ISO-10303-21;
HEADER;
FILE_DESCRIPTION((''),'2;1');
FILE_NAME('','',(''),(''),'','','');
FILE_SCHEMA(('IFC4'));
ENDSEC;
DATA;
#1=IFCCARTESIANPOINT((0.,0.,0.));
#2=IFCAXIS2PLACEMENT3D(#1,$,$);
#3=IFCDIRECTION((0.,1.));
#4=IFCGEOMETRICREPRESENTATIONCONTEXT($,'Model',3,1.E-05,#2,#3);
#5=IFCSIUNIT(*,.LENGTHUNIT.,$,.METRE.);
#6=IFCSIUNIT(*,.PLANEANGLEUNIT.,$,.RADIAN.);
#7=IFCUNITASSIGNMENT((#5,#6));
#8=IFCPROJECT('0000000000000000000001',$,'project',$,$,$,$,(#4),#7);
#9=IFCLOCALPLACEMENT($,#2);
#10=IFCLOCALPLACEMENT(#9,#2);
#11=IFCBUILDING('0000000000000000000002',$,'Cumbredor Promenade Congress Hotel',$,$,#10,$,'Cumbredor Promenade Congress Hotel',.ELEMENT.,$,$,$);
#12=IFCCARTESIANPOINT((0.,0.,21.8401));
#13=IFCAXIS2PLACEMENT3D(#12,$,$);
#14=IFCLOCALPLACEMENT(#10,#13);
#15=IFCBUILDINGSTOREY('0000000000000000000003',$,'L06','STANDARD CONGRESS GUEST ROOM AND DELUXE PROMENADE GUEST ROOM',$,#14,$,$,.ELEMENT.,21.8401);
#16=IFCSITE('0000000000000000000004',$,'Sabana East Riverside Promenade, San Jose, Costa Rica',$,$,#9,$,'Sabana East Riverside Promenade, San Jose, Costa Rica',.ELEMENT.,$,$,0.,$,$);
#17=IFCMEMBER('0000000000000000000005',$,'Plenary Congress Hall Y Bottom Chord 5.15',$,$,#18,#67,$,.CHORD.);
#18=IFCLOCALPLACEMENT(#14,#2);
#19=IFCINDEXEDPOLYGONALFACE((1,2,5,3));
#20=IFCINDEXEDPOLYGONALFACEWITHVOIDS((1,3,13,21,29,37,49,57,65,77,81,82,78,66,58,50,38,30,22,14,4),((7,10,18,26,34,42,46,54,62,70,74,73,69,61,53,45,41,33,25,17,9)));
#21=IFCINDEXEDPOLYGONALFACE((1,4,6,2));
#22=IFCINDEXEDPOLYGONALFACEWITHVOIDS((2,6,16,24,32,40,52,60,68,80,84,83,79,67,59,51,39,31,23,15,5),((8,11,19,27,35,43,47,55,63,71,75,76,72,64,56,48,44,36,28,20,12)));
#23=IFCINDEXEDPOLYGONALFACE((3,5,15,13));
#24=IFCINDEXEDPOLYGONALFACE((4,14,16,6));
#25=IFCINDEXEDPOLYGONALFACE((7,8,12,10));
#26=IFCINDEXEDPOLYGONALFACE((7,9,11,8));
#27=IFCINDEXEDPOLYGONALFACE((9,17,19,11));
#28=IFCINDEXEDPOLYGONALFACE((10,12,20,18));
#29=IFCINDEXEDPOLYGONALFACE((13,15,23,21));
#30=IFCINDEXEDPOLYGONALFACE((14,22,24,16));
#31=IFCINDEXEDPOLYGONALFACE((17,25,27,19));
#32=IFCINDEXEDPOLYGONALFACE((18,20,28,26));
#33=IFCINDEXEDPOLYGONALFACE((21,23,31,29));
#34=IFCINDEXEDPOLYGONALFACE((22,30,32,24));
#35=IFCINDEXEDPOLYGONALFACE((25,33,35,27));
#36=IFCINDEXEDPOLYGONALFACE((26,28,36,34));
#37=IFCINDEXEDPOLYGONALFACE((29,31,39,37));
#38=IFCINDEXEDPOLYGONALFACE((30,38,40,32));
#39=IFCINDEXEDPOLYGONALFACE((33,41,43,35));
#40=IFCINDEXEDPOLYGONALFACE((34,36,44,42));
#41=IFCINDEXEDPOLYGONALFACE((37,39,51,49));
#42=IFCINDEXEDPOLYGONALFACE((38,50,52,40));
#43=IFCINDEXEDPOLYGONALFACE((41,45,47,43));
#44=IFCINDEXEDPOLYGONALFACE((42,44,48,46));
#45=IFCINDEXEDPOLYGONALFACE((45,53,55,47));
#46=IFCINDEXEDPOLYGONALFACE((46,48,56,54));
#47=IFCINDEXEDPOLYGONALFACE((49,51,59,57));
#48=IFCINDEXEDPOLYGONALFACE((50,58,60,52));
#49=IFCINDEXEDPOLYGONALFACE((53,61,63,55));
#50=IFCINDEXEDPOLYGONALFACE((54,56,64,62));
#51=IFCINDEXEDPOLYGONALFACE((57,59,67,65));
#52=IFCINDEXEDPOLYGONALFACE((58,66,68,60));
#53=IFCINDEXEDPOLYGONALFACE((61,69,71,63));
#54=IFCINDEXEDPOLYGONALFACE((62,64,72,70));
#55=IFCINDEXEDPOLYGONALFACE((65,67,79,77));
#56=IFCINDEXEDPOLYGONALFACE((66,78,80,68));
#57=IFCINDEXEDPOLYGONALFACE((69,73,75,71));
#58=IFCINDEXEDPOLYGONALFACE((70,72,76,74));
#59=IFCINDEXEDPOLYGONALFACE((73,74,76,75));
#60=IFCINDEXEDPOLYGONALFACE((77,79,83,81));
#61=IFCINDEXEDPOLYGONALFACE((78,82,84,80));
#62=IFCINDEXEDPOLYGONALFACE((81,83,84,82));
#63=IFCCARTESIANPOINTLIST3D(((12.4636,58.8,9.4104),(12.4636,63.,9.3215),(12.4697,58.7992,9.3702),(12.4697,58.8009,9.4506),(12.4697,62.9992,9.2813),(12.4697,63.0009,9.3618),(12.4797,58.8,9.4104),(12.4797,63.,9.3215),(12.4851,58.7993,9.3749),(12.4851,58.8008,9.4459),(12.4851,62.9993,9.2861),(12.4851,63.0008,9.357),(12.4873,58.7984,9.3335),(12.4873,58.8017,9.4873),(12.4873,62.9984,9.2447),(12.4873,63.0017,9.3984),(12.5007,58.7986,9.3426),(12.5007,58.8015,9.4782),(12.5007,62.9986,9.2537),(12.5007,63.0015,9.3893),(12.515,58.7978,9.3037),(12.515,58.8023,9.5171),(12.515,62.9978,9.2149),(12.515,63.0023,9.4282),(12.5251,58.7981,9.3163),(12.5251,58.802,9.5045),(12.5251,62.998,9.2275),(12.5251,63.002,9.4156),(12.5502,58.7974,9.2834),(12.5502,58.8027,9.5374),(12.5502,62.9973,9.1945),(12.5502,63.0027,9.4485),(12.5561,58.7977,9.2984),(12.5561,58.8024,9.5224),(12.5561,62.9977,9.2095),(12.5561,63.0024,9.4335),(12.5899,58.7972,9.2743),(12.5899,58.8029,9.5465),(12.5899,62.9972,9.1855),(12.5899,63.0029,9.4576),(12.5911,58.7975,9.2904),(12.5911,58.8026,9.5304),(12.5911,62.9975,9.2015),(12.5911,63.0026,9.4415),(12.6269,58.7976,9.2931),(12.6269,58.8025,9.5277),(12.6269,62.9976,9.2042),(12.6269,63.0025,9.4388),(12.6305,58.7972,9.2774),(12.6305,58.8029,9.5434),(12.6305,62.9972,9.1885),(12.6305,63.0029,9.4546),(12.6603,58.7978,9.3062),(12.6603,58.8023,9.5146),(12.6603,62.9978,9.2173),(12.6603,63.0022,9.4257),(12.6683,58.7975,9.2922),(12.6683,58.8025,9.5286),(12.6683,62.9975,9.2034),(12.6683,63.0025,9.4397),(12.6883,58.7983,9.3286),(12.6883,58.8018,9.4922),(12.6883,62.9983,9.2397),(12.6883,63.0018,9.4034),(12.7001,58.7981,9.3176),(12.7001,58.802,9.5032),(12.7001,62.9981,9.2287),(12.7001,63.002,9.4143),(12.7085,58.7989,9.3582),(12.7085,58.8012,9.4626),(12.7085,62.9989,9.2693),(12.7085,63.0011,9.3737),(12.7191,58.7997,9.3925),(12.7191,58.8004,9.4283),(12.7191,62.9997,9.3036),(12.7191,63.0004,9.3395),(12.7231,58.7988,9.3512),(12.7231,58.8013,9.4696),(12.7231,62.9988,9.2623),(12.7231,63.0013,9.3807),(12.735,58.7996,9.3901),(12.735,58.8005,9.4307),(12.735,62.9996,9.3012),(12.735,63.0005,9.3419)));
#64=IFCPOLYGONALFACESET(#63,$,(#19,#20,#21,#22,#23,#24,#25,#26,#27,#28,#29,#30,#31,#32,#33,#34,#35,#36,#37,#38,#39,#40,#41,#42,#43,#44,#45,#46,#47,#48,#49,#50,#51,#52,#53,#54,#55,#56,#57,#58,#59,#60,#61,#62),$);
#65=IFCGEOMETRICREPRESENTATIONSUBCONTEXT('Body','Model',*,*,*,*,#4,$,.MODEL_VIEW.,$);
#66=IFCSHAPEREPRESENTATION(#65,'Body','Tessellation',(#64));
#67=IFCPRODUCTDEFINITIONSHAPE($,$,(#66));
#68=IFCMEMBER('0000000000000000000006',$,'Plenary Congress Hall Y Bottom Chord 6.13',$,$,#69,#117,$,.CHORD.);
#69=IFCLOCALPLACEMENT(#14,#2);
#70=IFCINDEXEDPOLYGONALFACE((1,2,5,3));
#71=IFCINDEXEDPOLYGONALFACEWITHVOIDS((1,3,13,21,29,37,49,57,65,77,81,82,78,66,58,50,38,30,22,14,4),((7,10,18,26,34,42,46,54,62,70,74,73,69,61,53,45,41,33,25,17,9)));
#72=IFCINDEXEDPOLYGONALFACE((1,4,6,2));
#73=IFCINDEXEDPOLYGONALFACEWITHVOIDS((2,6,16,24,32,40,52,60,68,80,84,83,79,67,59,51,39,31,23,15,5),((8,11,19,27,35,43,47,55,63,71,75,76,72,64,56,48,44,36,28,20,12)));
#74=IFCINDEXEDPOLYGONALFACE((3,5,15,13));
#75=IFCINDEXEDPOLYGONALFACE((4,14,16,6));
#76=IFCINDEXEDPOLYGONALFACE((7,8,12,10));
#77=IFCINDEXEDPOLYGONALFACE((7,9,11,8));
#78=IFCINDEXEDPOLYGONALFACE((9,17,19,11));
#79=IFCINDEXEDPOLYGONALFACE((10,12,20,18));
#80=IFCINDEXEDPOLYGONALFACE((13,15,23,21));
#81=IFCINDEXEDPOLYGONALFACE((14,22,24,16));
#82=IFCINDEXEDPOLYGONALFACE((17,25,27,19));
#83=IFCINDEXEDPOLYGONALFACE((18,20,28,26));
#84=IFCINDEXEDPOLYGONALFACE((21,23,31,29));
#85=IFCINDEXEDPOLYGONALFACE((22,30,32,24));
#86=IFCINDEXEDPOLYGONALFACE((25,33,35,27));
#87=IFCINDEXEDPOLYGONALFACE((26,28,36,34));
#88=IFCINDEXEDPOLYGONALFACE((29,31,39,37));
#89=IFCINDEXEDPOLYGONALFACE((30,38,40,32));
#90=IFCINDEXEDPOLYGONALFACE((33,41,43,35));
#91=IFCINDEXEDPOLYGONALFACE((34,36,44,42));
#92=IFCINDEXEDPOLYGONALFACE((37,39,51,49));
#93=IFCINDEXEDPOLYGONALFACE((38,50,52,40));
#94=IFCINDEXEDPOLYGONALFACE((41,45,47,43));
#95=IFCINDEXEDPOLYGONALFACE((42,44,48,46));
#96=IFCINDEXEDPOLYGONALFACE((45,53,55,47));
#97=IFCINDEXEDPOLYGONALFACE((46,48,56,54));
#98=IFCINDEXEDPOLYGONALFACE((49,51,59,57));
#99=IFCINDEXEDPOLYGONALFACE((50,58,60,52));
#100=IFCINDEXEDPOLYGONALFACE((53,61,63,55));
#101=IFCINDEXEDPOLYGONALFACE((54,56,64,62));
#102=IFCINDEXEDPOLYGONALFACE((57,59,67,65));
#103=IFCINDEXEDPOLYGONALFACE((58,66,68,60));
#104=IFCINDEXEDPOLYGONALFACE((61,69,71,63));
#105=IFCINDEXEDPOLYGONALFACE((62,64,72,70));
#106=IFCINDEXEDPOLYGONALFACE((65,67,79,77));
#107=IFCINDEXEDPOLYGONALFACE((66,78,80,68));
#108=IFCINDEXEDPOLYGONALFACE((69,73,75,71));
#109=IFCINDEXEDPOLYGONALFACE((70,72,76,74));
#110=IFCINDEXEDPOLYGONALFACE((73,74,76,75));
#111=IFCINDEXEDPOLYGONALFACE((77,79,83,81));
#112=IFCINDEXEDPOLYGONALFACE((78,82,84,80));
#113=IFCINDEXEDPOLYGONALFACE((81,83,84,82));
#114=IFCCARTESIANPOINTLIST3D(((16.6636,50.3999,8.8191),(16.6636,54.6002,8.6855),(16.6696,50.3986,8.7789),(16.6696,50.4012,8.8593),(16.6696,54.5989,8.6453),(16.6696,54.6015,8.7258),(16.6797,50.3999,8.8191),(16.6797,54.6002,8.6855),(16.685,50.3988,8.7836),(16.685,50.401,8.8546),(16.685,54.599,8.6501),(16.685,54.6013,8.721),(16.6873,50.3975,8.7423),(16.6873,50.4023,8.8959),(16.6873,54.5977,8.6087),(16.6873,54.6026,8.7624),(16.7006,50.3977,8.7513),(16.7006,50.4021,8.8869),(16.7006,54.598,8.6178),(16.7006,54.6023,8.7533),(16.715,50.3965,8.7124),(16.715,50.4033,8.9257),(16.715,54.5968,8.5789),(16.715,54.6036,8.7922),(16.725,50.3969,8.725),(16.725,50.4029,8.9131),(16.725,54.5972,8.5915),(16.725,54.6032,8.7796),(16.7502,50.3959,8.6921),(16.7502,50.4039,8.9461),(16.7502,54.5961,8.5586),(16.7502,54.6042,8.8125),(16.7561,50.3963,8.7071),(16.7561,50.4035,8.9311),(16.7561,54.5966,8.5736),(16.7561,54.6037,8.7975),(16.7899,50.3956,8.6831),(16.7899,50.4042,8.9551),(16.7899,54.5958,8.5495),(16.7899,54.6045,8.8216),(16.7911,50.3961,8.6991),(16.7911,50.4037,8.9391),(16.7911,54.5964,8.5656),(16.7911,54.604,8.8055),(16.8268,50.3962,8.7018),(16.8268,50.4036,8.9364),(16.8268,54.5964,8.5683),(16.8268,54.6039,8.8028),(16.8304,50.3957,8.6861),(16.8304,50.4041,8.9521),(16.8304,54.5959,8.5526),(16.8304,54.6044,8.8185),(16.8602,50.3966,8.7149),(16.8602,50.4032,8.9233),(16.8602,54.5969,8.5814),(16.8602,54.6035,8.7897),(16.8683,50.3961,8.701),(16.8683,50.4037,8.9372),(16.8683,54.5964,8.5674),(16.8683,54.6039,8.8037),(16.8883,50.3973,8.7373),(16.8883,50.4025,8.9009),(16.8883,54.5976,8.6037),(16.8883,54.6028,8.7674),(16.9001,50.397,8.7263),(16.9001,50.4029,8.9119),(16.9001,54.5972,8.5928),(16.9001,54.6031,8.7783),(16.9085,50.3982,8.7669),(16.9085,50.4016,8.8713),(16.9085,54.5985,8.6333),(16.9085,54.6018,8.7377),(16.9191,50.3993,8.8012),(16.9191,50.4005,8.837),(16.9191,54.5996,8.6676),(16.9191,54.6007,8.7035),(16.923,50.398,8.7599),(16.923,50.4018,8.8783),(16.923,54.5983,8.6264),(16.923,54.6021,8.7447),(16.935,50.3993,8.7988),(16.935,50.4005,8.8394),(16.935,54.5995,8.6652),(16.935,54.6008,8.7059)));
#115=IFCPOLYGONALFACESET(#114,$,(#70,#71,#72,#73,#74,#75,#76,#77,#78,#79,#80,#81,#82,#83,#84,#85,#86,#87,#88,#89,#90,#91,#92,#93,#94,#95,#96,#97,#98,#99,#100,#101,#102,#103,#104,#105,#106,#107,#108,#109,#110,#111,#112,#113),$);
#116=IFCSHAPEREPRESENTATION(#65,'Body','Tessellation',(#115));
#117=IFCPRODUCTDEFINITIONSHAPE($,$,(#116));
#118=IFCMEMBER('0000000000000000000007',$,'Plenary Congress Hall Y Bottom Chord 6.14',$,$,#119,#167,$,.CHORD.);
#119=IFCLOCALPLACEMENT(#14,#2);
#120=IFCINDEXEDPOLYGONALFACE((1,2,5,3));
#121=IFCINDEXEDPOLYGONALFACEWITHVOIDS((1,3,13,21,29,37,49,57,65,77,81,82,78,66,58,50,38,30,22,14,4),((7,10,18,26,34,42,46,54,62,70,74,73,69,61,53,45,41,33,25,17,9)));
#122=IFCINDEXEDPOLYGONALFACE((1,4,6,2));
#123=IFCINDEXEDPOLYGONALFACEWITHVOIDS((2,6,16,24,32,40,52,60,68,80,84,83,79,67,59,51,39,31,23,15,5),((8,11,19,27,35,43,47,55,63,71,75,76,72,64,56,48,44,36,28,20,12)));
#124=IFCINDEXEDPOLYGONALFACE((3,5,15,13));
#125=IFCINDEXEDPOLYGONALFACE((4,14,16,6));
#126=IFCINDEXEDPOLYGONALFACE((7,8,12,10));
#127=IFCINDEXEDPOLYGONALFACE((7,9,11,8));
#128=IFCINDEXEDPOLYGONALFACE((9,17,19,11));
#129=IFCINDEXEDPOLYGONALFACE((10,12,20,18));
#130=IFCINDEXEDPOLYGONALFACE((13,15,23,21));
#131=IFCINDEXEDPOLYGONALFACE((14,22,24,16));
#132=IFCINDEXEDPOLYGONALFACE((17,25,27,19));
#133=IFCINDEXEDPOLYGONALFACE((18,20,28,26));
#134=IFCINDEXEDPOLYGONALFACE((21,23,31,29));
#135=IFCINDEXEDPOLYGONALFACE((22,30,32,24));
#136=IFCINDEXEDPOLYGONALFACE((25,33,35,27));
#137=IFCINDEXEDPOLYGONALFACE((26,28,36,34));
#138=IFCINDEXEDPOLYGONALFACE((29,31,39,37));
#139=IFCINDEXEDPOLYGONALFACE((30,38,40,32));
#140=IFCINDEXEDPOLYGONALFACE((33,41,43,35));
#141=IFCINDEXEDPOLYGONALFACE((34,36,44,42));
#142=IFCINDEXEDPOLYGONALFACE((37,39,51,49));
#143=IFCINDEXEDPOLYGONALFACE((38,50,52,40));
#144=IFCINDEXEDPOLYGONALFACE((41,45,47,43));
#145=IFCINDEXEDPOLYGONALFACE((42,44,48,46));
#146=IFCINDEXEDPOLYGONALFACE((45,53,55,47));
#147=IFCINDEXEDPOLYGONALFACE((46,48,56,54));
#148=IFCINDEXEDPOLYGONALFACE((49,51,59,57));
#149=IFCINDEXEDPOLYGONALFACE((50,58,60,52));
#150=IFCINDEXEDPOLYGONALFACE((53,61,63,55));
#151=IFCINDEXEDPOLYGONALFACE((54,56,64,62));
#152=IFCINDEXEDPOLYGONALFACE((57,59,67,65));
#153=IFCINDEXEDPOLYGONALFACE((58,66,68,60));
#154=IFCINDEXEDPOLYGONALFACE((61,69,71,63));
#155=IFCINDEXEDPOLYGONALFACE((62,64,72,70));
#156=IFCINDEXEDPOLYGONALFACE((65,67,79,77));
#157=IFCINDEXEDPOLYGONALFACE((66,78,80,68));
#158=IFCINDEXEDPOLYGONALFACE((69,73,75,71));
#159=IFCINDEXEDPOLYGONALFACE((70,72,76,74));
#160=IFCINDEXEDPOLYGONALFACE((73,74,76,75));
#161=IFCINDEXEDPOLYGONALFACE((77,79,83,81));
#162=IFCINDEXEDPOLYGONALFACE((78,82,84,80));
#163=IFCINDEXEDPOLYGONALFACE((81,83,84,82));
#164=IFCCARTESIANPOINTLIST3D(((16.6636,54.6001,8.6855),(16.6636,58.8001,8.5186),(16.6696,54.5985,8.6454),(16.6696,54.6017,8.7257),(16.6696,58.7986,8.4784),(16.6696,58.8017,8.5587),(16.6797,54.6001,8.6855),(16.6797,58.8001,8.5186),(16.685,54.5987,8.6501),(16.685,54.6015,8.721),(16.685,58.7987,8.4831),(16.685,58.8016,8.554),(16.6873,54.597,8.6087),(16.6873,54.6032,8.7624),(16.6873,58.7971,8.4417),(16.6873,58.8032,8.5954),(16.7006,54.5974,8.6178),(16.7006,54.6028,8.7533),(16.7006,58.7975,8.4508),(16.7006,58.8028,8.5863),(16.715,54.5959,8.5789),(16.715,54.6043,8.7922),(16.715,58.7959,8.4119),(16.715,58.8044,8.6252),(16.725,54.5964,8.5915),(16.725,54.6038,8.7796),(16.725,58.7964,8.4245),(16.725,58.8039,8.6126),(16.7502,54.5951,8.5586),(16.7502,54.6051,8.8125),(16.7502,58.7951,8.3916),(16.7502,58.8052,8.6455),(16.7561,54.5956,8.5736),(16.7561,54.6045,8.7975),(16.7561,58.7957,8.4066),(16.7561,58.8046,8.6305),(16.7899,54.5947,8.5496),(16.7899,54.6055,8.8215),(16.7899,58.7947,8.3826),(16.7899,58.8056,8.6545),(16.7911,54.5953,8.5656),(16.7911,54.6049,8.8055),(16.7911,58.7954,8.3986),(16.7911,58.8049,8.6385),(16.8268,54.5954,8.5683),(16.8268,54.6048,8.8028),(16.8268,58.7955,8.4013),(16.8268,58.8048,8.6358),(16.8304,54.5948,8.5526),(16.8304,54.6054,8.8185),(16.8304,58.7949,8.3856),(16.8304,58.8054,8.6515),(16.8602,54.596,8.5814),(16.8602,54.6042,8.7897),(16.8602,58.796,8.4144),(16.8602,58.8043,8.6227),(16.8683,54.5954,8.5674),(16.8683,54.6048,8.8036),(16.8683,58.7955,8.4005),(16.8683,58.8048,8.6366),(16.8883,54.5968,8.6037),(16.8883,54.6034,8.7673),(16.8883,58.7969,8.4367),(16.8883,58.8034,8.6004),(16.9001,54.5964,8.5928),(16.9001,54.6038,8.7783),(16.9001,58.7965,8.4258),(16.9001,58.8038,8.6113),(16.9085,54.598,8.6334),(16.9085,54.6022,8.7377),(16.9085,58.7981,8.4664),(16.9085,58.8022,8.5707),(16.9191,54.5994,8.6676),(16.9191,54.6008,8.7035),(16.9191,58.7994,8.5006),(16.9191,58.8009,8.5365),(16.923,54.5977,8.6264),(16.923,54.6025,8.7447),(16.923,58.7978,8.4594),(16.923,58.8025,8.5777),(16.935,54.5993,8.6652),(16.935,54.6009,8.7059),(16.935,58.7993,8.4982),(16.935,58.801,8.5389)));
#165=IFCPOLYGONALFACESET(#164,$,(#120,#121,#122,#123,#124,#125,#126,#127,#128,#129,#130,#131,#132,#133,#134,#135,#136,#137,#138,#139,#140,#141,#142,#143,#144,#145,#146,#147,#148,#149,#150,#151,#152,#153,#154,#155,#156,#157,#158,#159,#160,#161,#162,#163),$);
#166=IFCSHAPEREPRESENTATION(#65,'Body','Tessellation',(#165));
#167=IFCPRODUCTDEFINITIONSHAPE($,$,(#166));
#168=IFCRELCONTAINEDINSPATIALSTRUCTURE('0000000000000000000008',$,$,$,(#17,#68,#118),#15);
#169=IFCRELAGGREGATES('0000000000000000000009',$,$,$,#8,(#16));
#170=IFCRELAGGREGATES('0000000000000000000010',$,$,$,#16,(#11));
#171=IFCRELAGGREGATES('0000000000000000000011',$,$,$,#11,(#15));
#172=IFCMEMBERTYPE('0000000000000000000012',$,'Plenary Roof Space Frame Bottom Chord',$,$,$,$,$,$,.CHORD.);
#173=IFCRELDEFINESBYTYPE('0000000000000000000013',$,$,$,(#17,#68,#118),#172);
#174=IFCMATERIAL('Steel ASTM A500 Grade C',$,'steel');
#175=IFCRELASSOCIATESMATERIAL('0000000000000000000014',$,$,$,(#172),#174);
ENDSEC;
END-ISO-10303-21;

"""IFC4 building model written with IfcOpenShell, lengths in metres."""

from ifc_helpers import new_model, si_unit, direction, frame, origin, origin_2d, place, context, subcontext, project, spatial, hollow_circle, extrude, material, material_profile, profile_set, type_object, element, save


model = new_model("IFC4")

# Units and contexts
model_context = context("Model", 3, precision=1e-05, world=origin(), true_north=direction((0.0, 1.0)))
body_context = subcontext(model_context, "Body", "Model", "MODEL_VIEW")
ifc_project = project(units=[si_unit("LENGTHUNIT", "METRE"), si_unit("PLANEANGLEUNIT", "RADIAN")], contexts=[model_context])

# Site, building, storey
site_placement = place(None, origin())
site = spatial("IfcSite", under=ifc_project, at=site_placement, Name="Sabana East Riverside Promenade, San Jose, Costa Rica", LongName="Sabana East Riverside Promenade, San Jose, Costa Rica", CompositionType="ELEMENT", RefElevation=0.0)
building_placement = place(site_placement, origin())
building = spatial("IfcBuilding", under=site, at=building_placement, Name="Cumbredor Promenade Congress Hotel", LongName="Cumbredor Promenade Congress Hotel", CompositionType="ELEMENT")
storey_placement = place(building_placement, frame((0.0, 0.0, 21.8401)))
storey = spatial("IfcBuildingStorey", under=building, at=storey_placement, Name="L06", Description="STANDARD CONGRESS GUEST ROOM AND DELUXE PROMENADE GUEST ROOM", CompositionType="ELEMENT", Elevation=21.8401)

# Members
ifc_material_1 = material(Name="Steel ASTM A500 Grade C", Category="steel")
ifc_material_profile_1 = material_profile(ifc_material_1, hollow_circle(Radius=0.1365, WallThickness=0.0161, at=origin_2d()), Name="CHS 273.0x16")
ifc_profile_set_1 = profile_set([ifc_material_profile_1], Name="Steel ASTM A500 Grade C")
member_type_1 = type_object("IfcMemberType", Name="Plenary Roof Space Frame Bottom Chord", PredefinedType="CHORD", material=ifc_profile_set_1)
member_1_placement = place(storey_placement, frame((12.6001, 58.8, 9.4104), z_axis=(0.0, 0.999776, -0.021154), x_axis=(-1.0, 0.0, 0.0)))
element("IfcMember", 1, at=member_1_placement, inside=storey, type_object=member_type_1, Name="Plenary Congress Hall Y Bottom Chord 5.15", PredefinedType="CHORD", context=body_context, shape_type="SweptSolid", body=[
    extrude(hollow_circle(Radius=0.1365, WallThickness=0.0161, at=origin_2d()), origin(), (0.0, 0.0, 1.0), 4.2009),
])
member_2_placement = place(storey_placement, frame((16.8, 50.3999, 8.8191), z_axis=(0.0, 0.999495, -0.031779), x_axis=(-1.0, 0.0, 0.0)))
element("IfcMember", 2, at=member_2_placement, inside=storey, type_object=member_type_1, Name="Plenary Congress Hall Y Bottom Chord 6.13", PredefinedType="CHORD", context=body_context, shape_type="SweptSolid", body=[
    extrude(hollow_circle(Radius=0.1365, WallThickness=0.0161, at=origin_2d()), origin(), (0.0, 0.0, 1.0), 4.2024),
])
member_3_placement = place(storey_placement, frame((16.8, 54.6001, 8.6855), z_axis=(0.0, 0.99921, -0.039729), x_axis=(-1.0, 0.0, 0.0)))
element("IfcMember", 3, at=member_3_placement, inside=storey, type_object=member_type_1, Name="Plenary Congress Hall Y Bottom Chord 6.14", PredefinedType="CHORD", context=body_context, shape_type="SweptSolid", body=[
    extrude(hollow_circle(Radius=0.1365, WallThickness=0.0161, at=origin_2d()), origin(), (0.0, 0.0, 1.0), 4.2034),
])

save(model, "model.ifc")
